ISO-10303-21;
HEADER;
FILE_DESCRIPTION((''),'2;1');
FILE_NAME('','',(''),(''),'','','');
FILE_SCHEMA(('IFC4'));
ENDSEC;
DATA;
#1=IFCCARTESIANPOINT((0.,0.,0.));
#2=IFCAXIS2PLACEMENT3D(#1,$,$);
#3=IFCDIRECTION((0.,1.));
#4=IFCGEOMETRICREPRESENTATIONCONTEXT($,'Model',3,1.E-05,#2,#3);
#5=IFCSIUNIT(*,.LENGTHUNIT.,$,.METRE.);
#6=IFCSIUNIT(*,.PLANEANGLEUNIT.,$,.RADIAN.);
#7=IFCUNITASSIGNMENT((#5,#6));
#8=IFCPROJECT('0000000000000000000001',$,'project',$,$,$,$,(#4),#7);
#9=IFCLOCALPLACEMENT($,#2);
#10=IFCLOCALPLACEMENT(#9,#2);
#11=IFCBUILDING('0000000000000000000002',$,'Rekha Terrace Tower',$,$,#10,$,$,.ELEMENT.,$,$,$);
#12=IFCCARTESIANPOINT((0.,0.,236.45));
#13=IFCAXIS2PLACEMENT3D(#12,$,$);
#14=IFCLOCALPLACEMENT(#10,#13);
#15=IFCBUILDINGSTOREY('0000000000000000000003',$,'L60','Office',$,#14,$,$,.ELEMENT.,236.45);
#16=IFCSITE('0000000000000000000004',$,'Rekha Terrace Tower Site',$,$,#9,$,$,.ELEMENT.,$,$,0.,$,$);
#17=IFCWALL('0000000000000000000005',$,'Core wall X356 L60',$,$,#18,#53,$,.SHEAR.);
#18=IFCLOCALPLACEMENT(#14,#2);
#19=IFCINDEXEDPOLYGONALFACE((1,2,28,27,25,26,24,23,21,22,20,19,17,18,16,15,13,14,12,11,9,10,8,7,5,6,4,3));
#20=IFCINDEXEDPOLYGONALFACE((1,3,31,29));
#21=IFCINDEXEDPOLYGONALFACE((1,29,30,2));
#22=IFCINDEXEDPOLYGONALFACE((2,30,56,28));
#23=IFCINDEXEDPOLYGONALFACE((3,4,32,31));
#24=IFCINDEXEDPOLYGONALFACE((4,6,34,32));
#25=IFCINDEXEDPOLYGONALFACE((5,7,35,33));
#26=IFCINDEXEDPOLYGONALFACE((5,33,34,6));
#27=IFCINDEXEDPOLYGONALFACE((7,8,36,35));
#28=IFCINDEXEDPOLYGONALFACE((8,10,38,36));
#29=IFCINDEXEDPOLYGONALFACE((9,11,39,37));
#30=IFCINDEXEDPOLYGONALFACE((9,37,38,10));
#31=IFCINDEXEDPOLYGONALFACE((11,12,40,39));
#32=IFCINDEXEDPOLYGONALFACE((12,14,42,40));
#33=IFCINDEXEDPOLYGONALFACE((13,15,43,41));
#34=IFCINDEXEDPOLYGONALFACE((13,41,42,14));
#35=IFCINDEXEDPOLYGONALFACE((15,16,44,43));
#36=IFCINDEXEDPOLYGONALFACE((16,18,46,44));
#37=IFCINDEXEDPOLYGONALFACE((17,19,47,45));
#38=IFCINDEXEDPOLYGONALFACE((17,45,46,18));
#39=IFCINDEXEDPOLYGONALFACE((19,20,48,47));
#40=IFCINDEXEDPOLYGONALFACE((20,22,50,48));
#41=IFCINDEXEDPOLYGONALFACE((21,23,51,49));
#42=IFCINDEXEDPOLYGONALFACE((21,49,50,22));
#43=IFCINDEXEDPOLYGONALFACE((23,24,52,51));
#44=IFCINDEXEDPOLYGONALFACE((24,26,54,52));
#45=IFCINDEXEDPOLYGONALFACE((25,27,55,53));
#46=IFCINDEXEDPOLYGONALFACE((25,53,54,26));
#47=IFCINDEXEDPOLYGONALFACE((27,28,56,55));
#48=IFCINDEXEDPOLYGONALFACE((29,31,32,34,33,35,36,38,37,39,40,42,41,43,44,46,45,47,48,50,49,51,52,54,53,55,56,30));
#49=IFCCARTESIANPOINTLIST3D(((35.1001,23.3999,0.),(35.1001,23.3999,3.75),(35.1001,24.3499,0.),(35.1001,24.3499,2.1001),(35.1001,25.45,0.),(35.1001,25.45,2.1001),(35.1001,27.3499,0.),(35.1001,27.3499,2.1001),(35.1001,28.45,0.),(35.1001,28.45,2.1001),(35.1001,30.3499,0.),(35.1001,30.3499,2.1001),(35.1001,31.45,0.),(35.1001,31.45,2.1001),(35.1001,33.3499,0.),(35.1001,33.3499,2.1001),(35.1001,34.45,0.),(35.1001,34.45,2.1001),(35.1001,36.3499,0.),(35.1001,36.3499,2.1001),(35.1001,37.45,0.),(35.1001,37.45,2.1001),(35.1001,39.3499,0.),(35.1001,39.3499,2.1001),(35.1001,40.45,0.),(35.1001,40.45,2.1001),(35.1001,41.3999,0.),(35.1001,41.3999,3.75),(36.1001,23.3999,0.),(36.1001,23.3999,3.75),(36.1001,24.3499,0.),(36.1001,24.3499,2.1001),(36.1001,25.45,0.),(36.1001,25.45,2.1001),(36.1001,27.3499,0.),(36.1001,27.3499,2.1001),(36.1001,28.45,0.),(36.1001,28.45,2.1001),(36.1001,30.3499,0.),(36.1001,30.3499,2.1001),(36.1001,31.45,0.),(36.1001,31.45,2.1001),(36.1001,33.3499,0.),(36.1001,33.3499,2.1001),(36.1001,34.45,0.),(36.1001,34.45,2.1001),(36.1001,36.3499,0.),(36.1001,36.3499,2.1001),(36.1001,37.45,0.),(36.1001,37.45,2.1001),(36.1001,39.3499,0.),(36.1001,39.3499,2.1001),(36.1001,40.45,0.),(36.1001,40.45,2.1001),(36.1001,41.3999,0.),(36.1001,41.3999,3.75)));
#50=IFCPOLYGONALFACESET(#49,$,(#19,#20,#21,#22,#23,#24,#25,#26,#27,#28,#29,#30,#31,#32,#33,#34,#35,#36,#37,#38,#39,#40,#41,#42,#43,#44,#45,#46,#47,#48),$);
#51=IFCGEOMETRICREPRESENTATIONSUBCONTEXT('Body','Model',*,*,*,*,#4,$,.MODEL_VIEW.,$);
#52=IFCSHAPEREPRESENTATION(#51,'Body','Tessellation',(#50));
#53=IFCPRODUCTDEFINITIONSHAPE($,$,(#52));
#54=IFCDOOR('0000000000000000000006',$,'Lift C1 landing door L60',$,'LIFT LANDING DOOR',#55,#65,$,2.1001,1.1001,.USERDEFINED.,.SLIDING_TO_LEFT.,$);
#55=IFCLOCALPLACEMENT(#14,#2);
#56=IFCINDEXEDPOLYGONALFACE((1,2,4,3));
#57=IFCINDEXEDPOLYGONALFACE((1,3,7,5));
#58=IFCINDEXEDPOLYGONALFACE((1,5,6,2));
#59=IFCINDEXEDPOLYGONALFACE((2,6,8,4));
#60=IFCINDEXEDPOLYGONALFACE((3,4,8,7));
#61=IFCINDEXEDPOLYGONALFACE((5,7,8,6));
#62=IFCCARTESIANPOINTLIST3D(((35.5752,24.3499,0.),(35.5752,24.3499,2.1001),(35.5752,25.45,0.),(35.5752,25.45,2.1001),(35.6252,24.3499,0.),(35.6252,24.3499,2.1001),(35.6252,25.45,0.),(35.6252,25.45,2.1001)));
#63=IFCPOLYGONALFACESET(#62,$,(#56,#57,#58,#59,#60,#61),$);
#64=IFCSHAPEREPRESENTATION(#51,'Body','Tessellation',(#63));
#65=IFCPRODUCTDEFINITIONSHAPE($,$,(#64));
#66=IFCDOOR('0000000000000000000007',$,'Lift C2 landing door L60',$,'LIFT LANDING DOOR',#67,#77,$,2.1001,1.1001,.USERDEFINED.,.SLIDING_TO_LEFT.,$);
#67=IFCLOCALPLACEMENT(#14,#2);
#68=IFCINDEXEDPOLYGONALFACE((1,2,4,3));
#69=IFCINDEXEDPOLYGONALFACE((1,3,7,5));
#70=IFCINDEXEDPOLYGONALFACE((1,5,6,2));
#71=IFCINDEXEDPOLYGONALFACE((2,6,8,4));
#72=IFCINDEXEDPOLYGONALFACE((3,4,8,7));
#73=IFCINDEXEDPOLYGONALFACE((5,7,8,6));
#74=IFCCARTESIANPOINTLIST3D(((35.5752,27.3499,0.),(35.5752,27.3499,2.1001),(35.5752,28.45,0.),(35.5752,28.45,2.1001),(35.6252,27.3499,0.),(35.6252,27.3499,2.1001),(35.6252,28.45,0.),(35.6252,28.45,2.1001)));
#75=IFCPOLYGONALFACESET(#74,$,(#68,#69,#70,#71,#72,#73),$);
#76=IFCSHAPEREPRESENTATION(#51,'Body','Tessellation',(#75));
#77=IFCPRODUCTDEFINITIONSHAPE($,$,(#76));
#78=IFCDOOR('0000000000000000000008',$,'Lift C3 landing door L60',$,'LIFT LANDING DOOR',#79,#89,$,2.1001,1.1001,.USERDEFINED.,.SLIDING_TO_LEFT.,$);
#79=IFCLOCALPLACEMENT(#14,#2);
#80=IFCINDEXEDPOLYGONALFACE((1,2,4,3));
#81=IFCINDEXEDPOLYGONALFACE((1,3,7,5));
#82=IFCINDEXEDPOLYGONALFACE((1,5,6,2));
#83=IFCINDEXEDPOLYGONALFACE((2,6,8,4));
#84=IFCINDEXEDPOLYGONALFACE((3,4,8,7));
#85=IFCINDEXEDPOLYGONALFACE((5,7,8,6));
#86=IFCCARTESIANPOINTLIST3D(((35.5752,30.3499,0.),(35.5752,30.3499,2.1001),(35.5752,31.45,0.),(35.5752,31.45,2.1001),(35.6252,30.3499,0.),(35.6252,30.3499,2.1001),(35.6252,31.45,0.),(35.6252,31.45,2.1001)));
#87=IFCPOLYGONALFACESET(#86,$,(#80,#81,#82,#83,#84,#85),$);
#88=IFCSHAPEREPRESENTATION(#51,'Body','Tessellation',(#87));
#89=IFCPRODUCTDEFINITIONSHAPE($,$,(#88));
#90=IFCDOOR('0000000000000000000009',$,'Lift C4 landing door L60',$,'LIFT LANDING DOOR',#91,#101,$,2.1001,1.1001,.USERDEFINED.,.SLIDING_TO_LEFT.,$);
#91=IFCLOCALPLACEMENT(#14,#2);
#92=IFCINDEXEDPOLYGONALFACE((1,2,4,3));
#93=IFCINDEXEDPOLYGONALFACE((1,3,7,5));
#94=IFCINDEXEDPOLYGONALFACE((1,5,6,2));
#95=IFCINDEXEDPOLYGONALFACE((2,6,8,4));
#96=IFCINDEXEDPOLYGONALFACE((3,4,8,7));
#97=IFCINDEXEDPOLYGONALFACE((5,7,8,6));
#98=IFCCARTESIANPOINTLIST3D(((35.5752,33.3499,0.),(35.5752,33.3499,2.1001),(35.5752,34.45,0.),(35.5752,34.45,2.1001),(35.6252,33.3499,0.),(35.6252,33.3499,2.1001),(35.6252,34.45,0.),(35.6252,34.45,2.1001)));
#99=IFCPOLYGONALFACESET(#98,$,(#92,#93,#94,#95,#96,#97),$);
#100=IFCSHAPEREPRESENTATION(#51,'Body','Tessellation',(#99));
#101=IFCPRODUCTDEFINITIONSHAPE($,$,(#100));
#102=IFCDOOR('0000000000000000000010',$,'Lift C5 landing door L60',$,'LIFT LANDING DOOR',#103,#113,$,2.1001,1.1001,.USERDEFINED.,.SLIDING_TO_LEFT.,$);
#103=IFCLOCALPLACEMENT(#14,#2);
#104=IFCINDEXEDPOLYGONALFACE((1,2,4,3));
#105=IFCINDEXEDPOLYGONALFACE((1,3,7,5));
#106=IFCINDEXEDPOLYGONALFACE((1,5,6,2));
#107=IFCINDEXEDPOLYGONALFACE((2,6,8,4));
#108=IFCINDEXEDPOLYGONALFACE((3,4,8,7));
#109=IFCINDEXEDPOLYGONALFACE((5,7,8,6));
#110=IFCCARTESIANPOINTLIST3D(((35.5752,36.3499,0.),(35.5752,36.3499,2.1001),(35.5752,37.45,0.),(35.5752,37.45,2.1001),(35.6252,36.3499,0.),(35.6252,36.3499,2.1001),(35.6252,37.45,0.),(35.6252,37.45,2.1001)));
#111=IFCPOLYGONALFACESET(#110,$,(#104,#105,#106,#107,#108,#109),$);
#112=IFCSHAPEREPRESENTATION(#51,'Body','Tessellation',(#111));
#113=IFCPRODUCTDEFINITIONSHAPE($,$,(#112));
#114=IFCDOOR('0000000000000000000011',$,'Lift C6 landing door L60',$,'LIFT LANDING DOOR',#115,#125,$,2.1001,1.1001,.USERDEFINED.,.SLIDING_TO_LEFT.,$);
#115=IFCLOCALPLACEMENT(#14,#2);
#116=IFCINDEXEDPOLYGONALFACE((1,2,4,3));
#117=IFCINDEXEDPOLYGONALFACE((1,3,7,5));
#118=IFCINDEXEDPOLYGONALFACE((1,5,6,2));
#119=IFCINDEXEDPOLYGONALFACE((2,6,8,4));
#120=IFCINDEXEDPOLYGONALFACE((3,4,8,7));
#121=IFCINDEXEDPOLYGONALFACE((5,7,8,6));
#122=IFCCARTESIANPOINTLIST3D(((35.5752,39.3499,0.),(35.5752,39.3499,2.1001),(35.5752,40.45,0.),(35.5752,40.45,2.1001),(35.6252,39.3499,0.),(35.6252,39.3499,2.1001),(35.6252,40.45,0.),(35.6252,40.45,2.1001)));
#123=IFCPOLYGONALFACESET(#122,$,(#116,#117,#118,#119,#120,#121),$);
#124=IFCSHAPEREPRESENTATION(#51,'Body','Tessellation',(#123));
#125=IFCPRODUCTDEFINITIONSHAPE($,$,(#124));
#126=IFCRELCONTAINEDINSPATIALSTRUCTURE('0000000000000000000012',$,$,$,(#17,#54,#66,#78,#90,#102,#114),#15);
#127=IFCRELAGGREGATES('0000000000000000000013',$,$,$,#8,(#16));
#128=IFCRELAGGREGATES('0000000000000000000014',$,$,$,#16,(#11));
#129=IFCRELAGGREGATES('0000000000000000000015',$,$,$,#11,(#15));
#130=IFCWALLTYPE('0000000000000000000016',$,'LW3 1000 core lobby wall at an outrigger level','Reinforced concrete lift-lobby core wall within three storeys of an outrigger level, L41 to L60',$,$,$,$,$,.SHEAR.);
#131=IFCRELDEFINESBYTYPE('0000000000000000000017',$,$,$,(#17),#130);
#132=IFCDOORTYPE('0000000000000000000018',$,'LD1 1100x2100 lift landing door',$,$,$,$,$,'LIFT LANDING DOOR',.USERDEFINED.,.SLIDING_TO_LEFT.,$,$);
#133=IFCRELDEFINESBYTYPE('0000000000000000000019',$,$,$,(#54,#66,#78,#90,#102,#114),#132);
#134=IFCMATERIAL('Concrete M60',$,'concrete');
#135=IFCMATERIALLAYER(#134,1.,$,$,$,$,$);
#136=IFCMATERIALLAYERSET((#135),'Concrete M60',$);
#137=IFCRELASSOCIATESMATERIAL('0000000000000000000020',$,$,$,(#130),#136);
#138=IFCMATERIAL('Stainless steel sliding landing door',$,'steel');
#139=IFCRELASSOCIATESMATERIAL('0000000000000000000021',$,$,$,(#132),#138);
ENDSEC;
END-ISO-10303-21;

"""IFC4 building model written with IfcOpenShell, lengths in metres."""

from ifc_helpers import new_model, si_unit, direction, frame, frame_2d, origin, place, context, subcontext, project, spatial, rectangle, extrude, material, layer, layer_set, type_object, element, fill, save


model = new_model("IFC4")

# Units and contexts
model_context = context("Model", 3, precision=1e-05, world=origin(), true_north=direction((0.0, 1.0)))
body_context = subcontext(model_context, "Body", "Model", "MODEL_VIEW")
ifc_project = project(units=[si_unit("LENGTHUNIT", "METRE"), si_unit("PLANEANGLEUNIT", "RADIAN")], contexts=[model_context])

# Site, building, storey
site_placement = place(None, origin())
site = spatial("IfcSite", under=ifc_project, at=site_placement, Name="Rekha Terrace Tower Site", CompositionType="ELEMENT", RefElevation=0.0)
building_placement = place(site_placement, origin())
building = spatial("IfcBuilding", under=site, at=building_placement, Name="Rekha Terrace Tower", CompositionType="ELEMENT")
storey_placement = place(building_placement, frame((0.0, 0.0, 236.45)))
storey = spatial("IfcBuildingStorey", under=building, at=storey_placement, Name="L60", Description="Office", CompositionType="ELEMENT", Elevation=236.45)

# Shared definitions
ifc_material_1 = material(Name="Concrete M60", Category="concrete")

# Wall, openings, doors
ifc_layer_1 = layer(ifc_material_1, 1.0)
ifc_layer_set_1 = layer_set([ifc_layer_1], Name="Concrete M60")
wall_type_1 = type_object("IfcWallType", Name="LW3 1000 core lobby wall at an outrigger level", Description="Reinforced concrete lift-lobby core wall within three storeys of an outrigger level, L41 to L60", PredefinedType="SHEAR", material=ifc_layer_set_1)
wall_1_placement = place(storey_placement, frame((35.6001, 23.3999, 0.0), z_axis=(0.0, 0.0, 1.0), x_axis=(0.0, 1.0, 0.0)))
wall_1 = element("IfcWall", 1, at=wall_1_placement, inside=storey, type_object=wall_type_1, Name="Core wall X356 L60", PredefinedType="SHEAR", context=body_context, shape_type="SweptSolid", body=[
    extrude(rectangle(XDim=18.0, YDim=1.0, at=frame_2d((9.0, 0.0))), origin(), (0.0, 0.0, 1.0), 3.75),
])
opening_1_placement = place(wall_1_placement, frame((0.95, 0.0, 0.0)))
opening_1 = element("IfcOpeningElement", 2, at=opening_1_placement, cuts=wall_1, PredefinedType="OPENING", context=body_context, shape_type="SweptSolid", body=[
    extrude(rectangle(XDim=1.1001, YDim=2.1001, at=frame_2d((0.55, 1.05))), frame((0.0, 0.51, 0.0), z_axis=(0.0, -1.0, 0.0), x_axis=(1.0, 0.0, 0.0)), (0.0, 0.0, 1.0), 1.02),
])
opening_2_placement = place(wall_1_placement, frame((3.95, 0.0, 0.0)))
opening_2 = element("IfcOpeningElement", 3, at=opening_2_placement, cuts=wall_1, PredefinedType="OPENING", context=body_context, shape_type="SweptSolid", body=[
    extrude(rectangle(XDim=1.1001, YDim=2.1001, at=frame_2d((0.55, 1.05))), frame((0.0, 0.51, 0.0), z_axis=(0.0, -1.0, 0.0), x_axis=(1.0, 0.0, 0.0)), (0.0, 0.0, 1.0), 1.02),
])
opening_3_placement = place(wall_1_placement, frame((6.95, 0.0, 0.0)))
opening_3 = element("IfcOpeningElement", 4, at=opening_3_placement, cuts=wall_1, PredefinedType="OPENING", context=body_context, shape_type="SweptSolid", body=[
    extrude(rectangle(XDim=1.1001, YDim=2.1001, at=frame_2d((0.55, 1.05))), frame((0.0, 0.51, 0.0), z_axis=(0.0, -1.0, 0.0), x_axis=(1.0, 0.0, 0.0)), (0.0, 0.0, 1.0), 1.02),
])
opening_4_placement = place(wall_1_placement, frame((9.95, 0.0, 0.0)))
opening_4 = element("IfcOpeningElement", 5, at=opening_4_placement, cuts=wall_1, PredefinedType="OPENING", context=body_context, shape_type="SweptSolid", body=[
    extrude(rectangle(XDim=1.1001, YDim=2.1001, at=frame_2d((0.55, 1.05))), frame((0.0, 0.51, 0.0), z_axis=(0.0, -1.0, 0.0), x_axis=(1.0, 0.0, 0.0)), (0.0, 0.0, 1.0), 1.02),
])
opening_5_placement = place(wall_1_placement, frame((12.95, 0.0, 0.0)))
opening_5 = element("IfcOpeningElement", 6, at=opening_5_placement, cuts=wall_1, PredefinedType="OPENING", context=body_context, shape_type="SweptSolid", body=[
    extrude(rectangle(XDim=1.1001, YDim=2.1001, at=frame_2d((0.55, 1.05))), frame((0.0, 0.51, 0.0), z_axis=(0.0, -1.0, 0.0), x_axis=(1.0, 0.0, 0.0)), (0.0, 0.0, 1.0), 1.02),
])
opening_6_placement = place(wall_1_placement, frame((15.95, 0.0, 0.0)))
opening_6 = element("IfcOpeningElement", 7, at=opening_6_placement, cuts=wall_1, PredefinedType="OPENING", context=body_context, shape_type="SweptSolid", body=[
    extrude(rectangle(XDim=1.1001, YDim=2.1001, at=frame_2d((0.55, 1.05))), frame((0.0, 0.51, 0.0), z_axis=(0.0, -1.0, 0.0), x_axis=(1.0, 0.0, 0.0)), (0.0, 0.0, 1.0), 1.02),
])
ifc_material_2 = material(Name="Stainless steel sliding landing door", Category="steel")
door_type_1 = type_object("IfcDoorType", Name="LD1 1100x2100 lift landing door", ElementType="LIFT LANDING DOOR", OperationType="SLIDING_TO_LEFT", PredefinedType="USERDEFINED", material=ifc_material_2)
door_1_placement = place(opening_1_placement, origin())
door_1 = element("IfcDoor", 8, at=door_1_placement, inside=storey, type_object=door_type_1, Name="Lift C1 landing door L60", ObjectType="LIFT LANDING DOOR", OperationType="SLIDING_TO_LEFT", OverallHeight=2.1001, OverallWidth=1.1001, PredefinedType="USERDEFINED", context=body_context, shape_type="SweptSolid", body=[
    extrude(rectangle(XDim=1.1001, YDim=2.1001, at=frame_2d((0.55, 1.05))), frame((0.0, 0.0249, 0.0), z_axis=(0.0, -1.0, 0.0), x_axis=(1.0, 0.0, 0.0)), (0.0, 0.0, 1.0), 0.05),
])
fill(opening_1, door_1)
door_2_placement = place(opening_2_placement, origin())
door_2 = element("IfcDoor", 9, at=door_2_placement, inside=storey, type_object=door_type_1, Name="Lift C2 landing door L60", ObjectType="LIFT LANDING DOOR", OperationType="SLIDING_TO_LEFT", OverallHeight=2.1001, OverallWidth=1.1001, PredefinedType="USERDEFINED", context=body_context, shape_type="SweptSolid", body=[
    extrude(rectangle(XDim=1.1001, YDim=2.1001, at=frame_2d((0.55, 1.05))), frame((0.0, 0.0249, 0.0), z_axis=(0.0, -1.0, 0.0), x_axis=(1.0, 0.0, 0.0)), (0.0, 0.0, 1.0), 0.05),
])
fill(opening_2, door_2)
door_3_placement = place(opening_3_placement, origin())
door_3 = element("IfcDoor", 10, at=door_3_placement, inside=storey, type_object=door_type_1, Name="Lift C3 landing door L60", ObjectType="LIFT LANDING DOOR", OperationType="SLIDING_TO_LEFT", OverallHeight=2.1001, OverallWidth=1.1001, PredefinedType="USERDEFINED", context=body_context, shape_type="SweptSolid", body=[
    extrude(rectangle(XDim=1.1001, YDim=2.1001, at=frame_2d((0.55, 1.05))), frame((0.0, 0.0249, 0.0), z_axis=(0.0, -1.0, 0.0), x_axis=(1.0, 0.0, 0.0)), (0.0, 0.0, 1.0), 0.05),
])
fill(opening_3, door_3)
door_4_placement = place(opening_4_placement, origin())
door_4 = element("IfcDoor", 11, at=door_4_placement, inside=storey, type_object=door_type_1, Name="Lift C4 landing door L60", ObjectType="LIFT LANDING DOOR", OperationType="SLIDING_TO_LEFT", OverallHeight=2.1001, OverallWidth=1.1001, PredefinedType="USERDEFINED", context=body_context, shape_type="SweptSolid", body=[
    extrude(rectangle(XDim=1.1001, YDim=2.1001, at=frame_2d((0.55, 1.05))), frame((0.0, 0.0249, 0.0), z_axis=(0.0, -1.0, 0.0), x_axis=(1.0, 0.0, 0.0)), (0.0, 0.0, 1.0), 0.05),
])
fill(opening_4, door_4)
door_5_placement = place(opening_5_placement, origin())
door_5 = element("IfcDoor", 12, at=door_5_placement, inside=storey, type_object=door_type_1, Name="Lift C5 landing door L60", ObjectType="LIFT LANDING DOOR", OperationType="SLIDING_TO_LEFT", OverallHeight=2.1001, OverallWidth=1.1001, PredefinedType="USERDEFINED", context=body_context, shape_type="SweptSolid", body=[
    extrude(rectangle(XDim=1.1001, YDim=2.1001, at=frame_2d((0.55, 1.05))), frame((0.0, 0.0249, 0.0), z_axis=(0.0, -1.0, 0.0), x_axis=(1.0, 0.0, 0.0)), (0.0, 0.0, 1.0), 0.05),
])
fill(opening_5, door_5)
door_6_placement = place(opening_6_placement, origin())
door_6 = element("IfcDoor", 13, at=door_6_placement, inside=storey, type_object=door_type_1, Name="Lift C6 landing door L60", ObjectType="LIFT LANDING DOOR", OperationType="SLIDING_TO_LEFT", OverallHeight=2.1001, OverallWidth=1.1001, PredefinedType="USERDEFINED", context=body_context, shape_type="SweptSolid", body=[
    extrude(rectangle(XDim=1.1001, YDim=2.1001, at=frame_2d((0.55, 1.05))), frame((0.0, 0.0249, 0.0), z_axis=(0.0, -1.0, 0.0), x_axis=(1.0, 0.0, 0.0)), (0.0, 0.0, 1.0), 0.05),
])
fill(opening_6, door_6)

save(model, "model.ifc")
